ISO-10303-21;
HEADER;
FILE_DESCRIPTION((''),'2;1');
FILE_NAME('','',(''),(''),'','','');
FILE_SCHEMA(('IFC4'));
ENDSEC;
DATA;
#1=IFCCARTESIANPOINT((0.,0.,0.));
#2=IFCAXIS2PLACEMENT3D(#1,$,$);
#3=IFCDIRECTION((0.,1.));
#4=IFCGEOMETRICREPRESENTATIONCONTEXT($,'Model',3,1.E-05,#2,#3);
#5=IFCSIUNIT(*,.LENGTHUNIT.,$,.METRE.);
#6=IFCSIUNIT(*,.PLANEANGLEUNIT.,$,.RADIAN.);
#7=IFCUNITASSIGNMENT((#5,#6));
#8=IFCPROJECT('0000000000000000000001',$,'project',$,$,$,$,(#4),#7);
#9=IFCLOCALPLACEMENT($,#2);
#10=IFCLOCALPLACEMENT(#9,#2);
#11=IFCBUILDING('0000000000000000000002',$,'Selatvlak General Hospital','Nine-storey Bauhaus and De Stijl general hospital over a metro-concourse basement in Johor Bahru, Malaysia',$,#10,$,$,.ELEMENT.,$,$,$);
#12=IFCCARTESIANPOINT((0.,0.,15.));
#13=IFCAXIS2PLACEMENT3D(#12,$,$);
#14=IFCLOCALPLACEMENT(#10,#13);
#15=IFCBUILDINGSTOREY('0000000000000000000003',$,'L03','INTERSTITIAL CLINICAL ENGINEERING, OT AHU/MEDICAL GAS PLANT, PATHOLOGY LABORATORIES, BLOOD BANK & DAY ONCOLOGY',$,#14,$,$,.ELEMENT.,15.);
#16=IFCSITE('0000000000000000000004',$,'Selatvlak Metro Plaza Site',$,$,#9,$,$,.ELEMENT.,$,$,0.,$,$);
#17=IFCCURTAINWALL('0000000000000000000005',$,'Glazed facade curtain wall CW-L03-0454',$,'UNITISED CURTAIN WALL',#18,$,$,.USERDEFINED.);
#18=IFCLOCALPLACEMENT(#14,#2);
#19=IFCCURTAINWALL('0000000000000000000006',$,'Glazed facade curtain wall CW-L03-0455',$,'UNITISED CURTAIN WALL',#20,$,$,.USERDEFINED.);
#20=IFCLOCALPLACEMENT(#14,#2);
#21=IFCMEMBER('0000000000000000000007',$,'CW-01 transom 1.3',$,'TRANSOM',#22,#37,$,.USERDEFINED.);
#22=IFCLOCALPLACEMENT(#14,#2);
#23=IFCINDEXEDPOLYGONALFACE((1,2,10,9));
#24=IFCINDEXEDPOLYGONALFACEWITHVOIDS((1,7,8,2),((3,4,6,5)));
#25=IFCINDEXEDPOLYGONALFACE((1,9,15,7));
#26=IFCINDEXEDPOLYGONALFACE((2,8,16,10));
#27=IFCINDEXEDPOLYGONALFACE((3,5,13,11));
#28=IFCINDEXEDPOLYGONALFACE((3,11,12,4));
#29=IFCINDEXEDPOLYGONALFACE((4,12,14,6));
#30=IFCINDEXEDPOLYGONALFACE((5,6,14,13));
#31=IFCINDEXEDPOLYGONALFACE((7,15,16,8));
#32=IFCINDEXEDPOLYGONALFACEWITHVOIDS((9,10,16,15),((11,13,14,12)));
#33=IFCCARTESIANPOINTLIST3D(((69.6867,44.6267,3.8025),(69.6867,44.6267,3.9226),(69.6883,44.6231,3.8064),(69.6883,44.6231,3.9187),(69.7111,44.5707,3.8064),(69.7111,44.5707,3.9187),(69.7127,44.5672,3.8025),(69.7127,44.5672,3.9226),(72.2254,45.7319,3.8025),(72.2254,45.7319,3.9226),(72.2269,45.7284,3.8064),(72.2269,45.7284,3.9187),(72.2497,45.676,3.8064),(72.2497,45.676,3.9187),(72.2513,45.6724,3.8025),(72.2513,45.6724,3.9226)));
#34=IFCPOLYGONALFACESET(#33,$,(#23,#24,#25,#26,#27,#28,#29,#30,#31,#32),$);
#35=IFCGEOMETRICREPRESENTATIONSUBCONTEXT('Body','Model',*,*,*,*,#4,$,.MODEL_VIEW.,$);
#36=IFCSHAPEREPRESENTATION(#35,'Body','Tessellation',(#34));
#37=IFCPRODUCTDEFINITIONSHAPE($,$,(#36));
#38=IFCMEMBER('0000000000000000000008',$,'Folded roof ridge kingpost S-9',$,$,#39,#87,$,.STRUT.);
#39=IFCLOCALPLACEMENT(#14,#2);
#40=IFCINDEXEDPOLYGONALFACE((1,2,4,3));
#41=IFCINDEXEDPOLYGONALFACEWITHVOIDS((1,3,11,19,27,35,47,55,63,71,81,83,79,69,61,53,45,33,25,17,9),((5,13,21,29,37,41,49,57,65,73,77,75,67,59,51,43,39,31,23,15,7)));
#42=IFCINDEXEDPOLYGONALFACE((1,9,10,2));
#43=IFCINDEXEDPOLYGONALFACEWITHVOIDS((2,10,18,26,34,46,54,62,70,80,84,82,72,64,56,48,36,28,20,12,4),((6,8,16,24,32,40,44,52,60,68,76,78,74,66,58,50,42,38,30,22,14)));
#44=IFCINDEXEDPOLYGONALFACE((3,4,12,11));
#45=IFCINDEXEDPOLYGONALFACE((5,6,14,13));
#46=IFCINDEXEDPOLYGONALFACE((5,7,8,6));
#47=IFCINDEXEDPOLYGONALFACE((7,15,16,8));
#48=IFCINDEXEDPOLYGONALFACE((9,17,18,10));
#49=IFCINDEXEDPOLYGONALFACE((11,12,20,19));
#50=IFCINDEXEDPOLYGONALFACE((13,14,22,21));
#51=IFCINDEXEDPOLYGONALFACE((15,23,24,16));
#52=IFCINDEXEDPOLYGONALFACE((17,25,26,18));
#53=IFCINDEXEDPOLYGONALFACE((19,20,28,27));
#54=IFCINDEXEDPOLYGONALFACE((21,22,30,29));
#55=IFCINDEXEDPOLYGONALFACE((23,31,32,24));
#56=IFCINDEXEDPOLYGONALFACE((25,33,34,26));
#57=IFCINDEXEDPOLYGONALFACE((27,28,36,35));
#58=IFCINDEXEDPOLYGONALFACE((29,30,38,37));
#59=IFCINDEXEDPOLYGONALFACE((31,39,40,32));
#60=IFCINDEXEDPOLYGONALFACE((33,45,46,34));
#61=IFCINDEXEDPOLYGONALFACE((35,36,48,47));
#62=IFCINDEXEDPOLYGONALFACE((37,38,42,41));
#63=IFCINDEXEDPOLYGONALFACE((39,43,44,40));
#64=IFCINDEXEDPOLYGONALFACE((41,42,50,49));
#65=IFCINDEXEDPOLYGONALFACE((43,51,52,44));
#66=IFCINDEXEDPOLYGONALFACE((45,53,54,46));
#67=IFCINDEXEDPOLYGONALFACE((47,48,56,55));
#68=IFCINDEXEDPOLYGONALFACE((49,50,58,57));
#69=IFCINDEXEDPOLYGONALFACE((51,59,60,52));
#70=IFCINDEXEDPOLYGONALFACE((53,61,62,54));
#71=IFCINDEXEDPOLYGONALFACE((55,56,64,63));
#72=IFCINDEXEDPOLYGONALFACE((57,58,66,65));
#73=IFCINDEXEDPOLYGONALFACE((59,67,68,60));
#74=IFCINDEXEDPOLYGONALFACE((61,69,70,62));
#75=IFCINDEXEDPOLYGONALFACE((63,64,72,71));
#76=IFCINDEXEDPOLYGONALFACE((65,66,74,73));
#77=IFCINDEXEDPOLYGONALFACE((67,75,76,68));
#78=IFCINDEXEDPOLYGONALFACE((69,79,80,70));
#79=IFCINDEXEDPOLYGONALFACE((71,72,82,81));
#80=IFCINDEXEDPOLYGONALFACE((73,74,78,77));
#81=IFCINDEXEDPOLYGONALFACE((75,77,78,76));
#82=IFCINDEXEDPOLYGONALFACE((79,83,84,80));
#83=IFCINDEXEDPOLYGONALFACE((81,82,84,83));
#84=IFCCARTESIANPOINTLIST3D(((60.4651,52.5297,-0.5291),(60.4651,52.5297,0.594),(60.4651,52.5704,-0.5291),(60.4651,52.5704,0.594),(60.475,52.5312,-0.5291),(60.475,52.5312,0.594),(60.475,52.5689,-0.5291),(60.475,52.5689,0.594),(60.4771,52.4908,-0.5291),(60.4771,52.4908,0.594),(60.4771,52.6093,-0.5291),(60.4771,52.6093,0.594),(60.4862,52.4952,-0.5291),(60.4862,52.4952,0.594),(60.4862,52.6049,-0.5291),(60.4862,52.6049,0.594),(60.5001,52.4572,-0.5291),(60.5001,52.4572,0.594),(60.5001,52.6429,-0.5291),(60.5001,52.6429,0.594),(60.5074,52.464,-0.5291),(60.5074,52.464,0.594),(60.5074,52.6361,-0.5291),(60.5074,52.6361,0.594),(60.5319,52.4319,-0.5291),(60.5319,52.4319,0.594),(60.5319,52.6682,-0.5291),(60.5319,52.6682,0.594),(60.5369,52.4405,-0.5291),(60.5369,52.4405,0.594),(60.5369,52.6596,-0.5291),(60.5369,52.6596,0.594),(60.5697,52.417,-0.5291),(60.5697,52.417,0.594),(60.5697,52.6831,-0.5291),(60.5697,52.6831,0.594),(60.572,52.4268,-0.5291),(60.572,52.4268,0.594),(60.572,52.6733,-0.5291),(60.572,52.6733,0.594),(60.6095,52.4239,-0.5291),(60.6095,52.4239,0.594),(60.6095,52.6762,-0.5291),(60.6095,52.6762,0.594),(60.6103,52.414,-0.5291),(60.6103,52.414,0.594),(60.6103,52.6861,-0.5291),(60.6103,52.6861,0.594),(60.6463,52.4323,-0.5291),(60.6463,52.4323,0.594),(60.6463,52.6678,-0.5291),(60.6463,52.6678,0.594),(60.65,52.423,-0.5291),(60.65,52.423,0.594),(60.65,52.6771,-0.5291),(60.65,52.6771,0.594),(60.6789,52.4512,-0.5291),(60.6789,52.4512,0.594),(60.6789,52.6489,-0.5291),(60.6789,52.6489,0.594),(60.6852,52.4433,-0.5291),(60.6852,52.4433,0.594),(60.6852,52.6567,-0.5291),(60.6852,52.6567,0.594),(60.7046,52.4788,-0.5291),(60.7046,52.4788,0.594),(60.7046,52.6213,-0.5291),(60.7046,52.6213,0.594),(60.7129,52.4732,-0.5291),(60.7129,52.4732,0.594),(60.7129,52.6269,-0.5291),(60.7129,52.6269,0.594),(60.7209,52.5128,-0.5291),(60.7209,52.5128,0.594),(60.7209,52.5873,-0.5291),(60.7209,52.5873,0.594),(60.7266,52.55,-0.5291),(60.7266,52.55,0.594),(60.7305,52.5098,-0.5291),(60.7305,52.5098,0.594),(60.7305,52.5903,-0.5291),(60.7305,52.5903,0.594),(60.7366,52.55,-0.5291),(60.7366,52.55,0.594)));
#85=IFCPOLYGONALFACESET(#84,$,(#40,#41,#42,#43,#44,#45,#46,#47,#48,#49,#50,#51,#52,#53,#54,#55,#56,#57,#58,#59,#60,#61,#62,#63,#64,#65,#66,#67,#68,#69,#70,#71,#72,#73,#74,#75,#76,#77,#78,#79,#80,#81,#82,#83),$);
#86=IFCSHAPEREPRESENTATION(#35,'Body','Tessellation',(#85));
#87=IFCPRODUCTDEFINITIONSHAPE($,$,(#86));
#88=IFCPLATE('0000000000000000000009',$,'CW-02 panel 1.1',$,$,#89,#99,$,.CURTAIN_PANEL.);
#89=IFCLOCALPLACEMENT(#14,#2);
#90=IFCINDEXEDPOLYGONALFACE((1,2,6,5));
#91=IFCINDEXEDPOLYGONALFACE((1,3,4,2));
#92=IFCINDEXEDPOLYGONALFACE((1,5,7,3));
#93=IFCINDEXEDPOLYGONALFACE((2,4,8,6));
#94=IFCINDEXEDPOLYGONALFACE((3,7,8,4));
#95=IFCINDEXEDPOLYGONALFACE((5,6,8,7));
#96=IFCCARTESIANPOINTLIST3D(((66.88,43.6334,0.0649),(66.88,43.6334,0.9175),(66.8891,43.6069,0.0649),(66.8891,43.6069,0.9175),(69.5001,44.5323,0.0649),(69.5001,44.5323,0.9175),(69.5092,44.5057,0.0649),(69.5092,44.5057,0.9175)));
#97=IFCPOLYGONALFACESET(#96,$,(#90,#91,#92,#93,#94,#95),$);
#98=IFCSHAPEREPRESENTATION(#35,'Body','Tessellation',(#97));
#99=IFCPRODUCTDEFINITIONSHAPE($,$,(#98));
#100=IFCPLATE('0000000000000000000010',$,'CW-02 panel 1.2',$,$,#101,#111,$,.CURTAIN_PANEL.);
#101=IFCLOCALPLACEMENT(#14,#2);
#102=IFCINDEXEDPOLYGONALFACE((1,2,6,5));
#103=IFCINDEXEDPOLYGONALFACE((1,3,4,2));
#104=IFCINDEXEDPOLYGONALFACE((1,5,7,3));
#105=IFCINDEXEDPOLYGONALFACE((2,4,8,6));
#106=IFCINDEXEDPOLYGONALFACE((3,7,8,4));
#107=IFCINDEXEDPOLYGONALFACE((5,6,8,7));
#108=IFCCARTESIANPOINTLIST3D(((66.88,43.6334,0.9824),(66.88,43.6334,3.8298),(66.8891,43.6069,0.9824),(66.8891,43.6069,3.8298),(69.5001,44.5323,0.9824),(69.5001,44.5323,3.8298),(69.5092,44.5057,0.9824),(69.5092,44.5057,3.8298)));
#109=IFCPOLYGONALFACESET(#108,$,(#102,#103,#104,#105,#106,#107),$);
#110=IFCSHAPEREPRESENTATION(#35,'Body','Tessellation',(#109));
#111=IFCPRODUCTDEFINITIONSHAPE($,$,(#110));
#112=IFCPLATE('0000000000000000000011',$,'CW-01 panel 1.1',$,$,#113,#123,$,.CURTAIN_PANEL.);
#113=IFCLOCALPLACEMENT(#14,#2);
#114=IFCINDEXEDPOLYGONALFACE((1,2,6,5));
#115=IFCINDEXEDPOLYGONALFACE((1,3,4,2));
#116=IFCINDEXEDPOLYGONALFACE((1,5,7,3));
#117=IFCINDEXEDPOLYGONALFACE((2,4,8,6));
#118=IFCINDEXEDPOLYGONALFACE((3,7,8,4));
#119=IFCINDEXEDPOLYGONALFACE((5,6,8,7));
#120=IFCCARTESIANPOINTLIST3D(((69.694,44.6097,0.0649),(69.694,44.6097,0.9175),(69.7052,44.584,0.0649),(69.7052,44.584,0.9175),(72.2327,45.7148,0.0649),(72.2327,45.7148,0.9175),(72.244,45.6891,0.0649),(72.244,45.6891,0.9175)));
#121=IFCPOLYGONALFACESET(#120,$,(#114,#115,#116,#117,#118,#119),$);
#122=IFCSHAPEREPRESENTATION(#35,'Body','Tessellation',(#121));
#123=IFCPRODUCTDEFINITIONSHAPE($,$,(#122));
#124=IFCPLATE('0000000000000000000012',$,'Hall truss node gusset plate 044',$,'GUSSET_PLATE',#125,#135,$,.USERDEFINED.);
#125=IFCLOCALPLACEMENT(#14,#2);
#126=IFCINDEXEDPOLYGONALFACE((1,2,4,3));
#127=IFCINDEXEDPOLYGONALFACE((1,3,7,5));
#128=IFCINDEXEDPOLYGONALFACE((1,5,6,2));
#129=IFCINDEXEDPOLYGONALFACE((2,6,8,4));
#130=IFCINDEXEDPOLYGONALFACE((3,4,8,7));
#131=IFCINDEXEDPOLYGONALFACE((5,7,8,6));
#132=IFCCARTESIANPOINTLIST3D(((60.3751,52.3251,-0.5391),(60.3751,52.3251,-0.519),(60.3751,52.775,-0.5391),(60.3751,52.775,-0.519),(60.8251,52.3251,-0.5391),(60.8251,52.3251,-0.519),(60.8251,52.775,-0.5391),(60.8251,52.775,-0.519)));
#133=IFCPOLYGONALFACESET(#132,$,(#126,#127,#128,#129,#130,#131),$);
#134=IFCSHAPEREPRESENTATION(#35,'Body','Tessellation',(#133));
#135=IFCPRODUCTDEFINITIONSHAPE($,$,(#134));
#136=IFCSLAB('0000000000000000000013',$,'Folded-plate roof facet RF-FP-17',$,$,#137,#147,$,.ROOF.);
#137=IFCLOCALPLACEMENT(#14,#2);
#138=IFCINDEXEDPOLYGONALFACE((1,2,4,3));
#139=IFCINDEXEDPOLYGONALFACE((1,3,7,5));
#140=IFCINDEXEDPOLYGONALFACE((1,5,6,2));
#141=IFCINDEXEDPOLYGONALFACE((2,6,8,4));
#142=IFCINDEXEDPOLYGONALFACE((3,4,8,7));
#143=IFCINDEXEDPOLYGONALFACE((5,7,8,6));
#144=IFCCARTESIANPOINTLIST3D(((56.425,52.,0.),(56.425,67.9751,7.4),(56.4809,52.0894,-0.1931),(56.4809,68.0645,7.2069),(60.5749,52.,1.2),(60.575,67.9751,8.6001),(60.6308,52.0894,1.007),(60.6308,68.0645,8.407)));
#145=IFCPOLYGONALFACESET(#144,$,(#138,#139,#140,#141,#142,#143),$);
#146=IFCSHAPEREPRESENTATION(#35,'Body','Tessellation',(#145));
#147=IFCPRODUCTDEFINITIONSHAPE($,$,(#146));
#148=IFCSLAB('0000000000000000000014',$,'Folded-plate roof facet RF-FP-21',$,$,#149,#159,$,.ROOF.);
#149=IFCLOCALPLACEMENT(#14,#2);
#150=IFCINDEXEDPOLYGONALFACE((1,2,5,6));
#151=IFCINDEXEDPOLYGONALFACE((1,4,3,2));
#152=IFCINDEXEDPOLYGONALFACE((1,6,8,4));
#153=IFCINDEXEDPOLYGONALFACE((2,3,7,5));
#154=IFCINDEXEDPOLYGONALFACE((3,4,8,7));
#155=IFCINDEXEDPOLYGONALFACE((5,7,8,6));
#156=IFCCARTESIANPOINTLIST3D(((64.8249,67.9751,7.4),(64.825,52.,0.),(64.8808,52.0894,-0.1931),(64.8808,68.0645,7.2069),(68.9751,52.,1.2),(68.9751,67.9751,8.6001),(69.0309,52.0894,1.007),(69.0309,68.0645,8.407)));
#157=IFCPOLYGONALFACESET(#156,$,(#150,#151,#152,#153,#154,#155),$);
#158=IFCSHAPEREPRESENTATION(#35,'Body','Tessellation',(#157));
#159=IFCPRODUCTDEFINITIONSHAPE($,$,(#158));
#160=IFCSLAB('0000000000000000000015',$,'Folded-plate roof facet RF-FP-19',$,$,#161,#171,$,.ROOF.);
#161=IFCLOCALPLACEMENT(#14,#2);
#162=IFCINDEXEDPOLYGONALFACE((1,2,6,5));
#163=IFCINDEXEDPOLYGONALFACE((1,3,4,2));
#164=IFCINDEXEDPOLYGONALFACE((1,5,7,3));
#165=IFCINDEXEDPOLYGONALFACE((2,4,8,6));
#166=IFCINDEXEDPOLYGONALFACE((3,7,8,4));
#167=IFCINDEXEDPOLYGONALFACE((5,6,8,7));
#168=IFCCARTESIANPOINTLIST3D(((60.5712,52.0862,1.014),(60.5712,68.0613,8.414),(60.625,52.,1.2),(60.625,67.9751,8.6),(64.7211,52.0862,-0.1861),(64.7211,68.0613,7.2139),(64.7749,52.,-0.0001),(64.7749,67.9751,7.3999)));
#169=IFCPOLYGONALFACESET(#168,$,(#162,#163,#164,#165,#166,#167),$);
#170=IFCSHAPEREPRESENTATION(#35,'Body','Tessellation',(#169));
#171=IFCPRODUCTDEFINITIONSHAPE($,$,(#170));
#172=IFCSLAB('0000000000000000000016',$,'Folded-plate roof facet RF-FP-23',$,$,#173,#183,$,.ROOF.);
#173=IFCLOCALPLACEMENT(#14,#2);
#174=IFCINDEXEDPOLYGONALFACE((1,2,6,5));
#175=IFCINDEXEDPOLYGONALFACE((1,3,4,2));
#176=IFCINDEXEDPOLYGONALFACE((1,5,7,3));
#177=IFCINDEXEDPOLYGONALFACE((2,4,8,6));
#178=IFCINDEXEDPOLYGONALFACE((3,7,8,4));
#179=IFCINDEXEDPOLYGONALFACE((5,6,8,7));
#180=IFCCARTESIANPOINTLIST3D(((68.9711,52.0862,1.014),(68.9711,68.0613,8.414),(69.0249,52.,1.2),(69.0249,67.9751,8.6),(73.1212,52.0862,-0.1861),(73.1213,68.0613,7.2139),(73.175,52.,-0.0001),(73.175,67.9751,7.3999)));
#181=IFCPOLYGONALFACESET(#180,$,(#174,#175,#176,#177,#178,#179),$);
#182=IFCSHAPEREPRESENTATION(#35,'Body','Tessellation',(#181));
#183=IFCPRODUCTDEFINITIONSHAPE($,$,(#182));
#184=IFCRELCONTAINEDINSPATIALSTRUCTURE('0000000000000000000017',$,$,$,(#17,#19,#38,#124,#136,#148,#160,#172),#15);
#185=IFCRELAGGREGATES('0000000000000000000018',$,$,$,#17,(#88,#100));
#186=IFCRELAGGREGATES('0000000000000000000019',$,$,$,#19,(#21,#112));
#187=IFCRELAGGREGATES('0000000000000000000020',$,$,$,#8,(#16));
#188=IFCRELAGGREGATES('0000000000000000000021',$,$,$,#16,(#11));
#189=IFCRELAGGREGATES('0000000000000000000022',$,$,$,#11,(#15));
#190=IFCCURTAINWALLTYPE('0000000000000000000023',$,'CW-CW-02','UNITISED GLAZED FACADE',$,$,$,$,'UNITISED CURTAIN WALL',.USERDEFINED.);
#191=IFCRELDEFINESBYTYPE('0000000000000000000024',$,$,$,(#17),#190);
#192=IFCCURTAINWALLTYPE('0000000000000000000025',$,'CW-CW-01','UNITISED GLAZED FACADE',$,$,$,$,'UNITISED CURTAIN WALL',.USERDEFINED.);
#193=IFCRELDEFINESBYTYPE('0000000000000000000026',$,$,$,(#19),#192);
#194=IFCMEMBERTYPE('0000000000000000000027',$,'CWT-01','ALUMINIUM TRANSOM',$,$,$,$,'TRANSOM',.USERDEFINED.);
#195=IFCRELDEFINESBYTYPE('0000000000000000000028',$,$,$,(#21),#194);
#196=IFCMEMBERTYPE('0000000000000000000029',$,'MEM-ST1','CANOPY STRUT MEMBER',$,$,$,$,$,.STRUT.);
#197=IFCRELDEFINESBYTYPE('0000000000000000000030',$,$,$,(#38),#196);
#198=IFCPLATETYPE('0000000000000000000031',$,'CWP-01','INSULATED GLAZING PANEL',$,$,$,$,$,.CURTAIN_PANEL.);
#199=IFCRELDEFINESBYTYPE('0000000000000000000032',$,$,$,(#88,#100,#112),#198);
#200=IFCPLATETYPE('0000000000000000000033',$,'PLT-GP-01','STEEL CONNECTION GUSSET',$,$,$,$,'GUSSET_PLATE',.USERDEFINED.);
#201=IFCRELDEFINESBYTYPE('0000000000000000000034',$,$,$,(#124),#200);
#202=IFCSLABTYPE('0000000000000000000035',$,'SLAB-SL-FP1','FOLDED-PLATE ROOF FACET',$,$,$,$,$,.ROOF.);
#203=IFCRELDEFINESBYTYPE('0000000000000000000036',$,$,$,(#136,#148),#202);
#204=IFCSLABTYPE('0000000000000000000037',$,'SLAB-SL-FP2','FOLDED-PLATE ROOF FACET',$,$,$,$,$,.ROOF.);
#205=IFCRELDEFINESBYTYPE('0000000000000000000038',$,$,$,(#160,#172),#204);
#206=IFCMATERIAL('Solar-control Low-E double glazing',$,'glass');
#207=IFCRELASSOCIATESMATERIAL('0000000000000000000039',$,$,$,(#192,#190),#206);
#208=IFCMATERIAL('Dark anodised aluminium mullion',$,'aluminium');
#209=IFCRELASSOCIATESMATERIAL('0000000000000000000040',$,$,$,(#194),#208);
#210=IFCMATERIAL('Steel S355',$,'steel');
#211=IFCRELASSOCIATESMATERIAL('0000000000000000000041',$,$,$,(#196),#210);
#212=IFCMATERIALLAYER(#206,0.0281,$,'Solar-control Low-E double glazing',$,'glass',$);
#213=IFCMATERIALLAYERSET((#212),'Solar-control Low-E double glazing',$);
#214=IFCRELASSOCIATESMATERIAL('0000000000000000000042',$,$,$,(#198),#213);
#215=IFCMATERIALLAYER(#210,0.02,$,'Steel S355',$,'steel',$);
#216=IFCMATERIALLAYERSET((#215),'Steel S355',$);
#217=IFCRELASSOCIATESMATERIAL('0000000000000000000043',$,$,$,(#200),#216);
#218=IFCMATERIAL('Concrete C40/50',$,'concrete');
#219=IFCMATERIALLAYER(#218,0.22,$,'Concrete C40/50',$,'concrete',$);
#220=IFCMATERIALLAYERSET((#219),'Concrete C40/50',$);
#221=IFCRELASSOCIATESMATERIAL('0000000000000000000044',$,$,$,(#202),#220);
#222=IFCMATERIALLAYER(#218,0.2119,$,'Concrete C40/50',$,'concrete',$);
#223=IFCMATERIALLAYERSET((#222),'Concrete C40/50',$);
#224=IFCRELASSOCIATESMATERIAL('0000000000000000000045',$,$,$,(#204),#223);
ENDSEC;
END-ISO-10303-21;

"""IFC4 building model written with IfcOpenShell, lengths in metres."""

from ifc_helpers import new_model, si_unit, direction, frame, origin, origin_2d, place, context, subcontext, project, spatial, polyline, rectangle, hollow_rectangle, hollow_circle, outline, extrude, material, layer, layer_set, material_profile, profile_set, type_object, element, aggregate, save


model = new_model("IFC4")

# Units and contexts
model_context = context("Model", 3, precision=1e-05, world=origin(), true_north=direction((0.0, 1.0)))
body_context = subcontext(model_context, "Body", "Model", "MODEL_VIEW")
ifc_project = project(units=[si_unit("LENGTHUNIT", "METRE"), si_unit("PLANEANGLEUNIT", "RADIAN")], contexts=[model_context])

# Site, building, storey
site_placement = place(None, origin())
site = spatial("IfcSite", under=ifc_project, at=site_placement, Name="Selatvlak Metro Plaza Site", CompositionType="ELEMENT", RefElevation=0.0)
building_placement = place(site_placement, origin())
building = spatial("IfcBuilding", under=site, at=building_placement, Name="Selatvlak General Hospital", Description="Nine-storey Bauhaus and De Stijl general hospital over a metro-concourse basement in Johor Bahru, Malaysia", CompositionType="ELEMENT")
storey_placement = place(building_placement, frame((0.0, 0.0, 15.0)))
storey = spatial("IfcBuildingStorey", under=building, at=storey_placement, Name="L03", Description="INTERSTITIAL CLINICAL ENGINEERING, OT AHU/MEDICAL GAS PLANT, PATHOLOGY LABORATORIES, BLOOD BANK & DAY ONCOLOGY", CompositionType="ELEMENT", Elevation=15.0)

# Shared definitions
ifc_material_1 = material(Name="Steel S355", Category="steel")

# Shared definitions
ifc_material_2 = material(Name="Solar-control Low-E double glazing", Category="glass")
curtain_wall_type_1 = type_object("IfcCurtainWallType", Name="CW-CW-01", Description="UNITISED GLAZED FACADE", ElementType="UNITISED CURTAIN WALL", PredefinedType="USERDEFINED", material=ifc_material_2)
ifc_material_3 = material(Name="Dark anodised aluminium mullion", Category="aluminium")

# Curtain wall
curtain_wall_type_2 = type_object("IfcCurtainWallType", Name="CW-CW-02", Description="UNITISED GLAZED FACADE", ElementType="UNITISED CURTAIN WALL", PredefinedType="USERDEFINED", material=ifc_material_2)
curtain_wall_1_placement = place(storey_placement, origin())
curtain_wall_1 = element("IfcCurtainWall", 1, at=curtain_wall_1_placement, inside=storey, type_object=curtain_wall_type_2, Name="Glazed facade curtain wall CW-L03-0454", ObjectType="UNITISED CURTAIN WALL", PredefinedType="USERDEFINED")

# Curtain wall
curtain_wall_2_placement = place(storey_placement, origin())
curtain_wall_2 = element("IfcCurtainWall", 2, at=curtain_wall_2_placement, inside=storey, type_object=curtain_wall_type_1, Name="Glazed facade curtain wall CW-L03-0455", ObjectType="UNITISED CURTAIN WALL", PredefinedType="USERDEFINED")

# Members
ifc_material_profile_1 = material_profile(ifc_material_3, hollow_rectangle(XDim=0.0649, YDim=0.1201, WallThickness=0.0039, at=origin_2d()), Name="AL-TRN 65x120x4")
ifc_profile_set_1 = profile_set([ifc_material_profile_1], Name="Dark anodised aluminium mullion")
member_type_1 = type_object("IfcMemberType", Name="CWT-01", Description="ALUMINIUM TRANSOM", ElementType="TRANSOM", PredefinedType="USERDEFINED", material=ifc_profile_set_1)
member_1_placement = place(storey_placement, frame((69.6997, 44.5969, 3.8625), z_axis=(0.916872, 0.399181, 0.0), x_axis=(-0.399181, 0.916872, 0.0)))
member_1 = element("IfcMember", 3, at=member_1_placement, type_object=member_type_1, Name="CW-01 transom 1.3", ObjectType="TRANSOM", PredefinedType="USERDEFINED", context=body_context, shape_type="SweptSolid", body=[
    extrude(hollow_rectangle(XDim=0.0649, YDim=0.1201, WallThickness=0.0039, at=origin_2d()), origin(), (0.0, 0.0, 1.0), 2.7688),
])
ifc_material_profile_2 = material_profile(ifc_material_1, hollow_circle(Radius=0.1365, WallThickness=0.01, at=origin_2d()), Name="CHS 273.0x10")
ifc_profile_set_2 = profile_set([ifc_material_profile_2], Name="Steel S355")
member_type_2 = type_object("IfcMemberType", Name="MEM-ST1", Description="CANOPY STRUT MEMBER", PredefinedType="STRUT", material=ifc_profile_set_2)
member_2_placement = place(storey_placement, frame((60.6001, 52.55, -0.5291), z_axis=(0.0, 0.0, 1.0), x_axis=(1.0, 0.0, 0.0)))
element("IfcMember", 4, at=member_2_placement, inside=storey, type_object=member_type_2, Name="Folded roof ridge kingpost S-9", PredefinedType="STRUT", context=body_context, shape_type="SweptSolid", body=[
    extrude(hollow_circle(Radius=0.1365, WallThickness=0.01, at=origin_2d()), origin(), (0.0, 0.0, 1.0), 1.123),
])

# Plates
ifc_layer_1 = layer(ifc_material_2, 0.0281, Name="Solar-control Low-E double glazing", Category="glass")
ifc_layer_set_1 = layer_set([ifc_layer_1], Name="Solar-control Low-E double glazing")
plate_type_1 = type_object("IfcPlateType", Name="CWP-01", Description="INSULATED GLAZING PANEL", PredefinedType="CURTAIN_PANEL", material=ifc_layer_set_1)
plate_1_placement = place(storey_placement, frame((68.1946, 44.0696, 0.0649), z_axis=(0.0, 0.0, 1.0), x_axis=(0.945889, 0.324492, 0.0)))
plate_1 = element("IfcPlate", 5, at=plate_1_placement, type_object=plate_type_1, Name="CW-02 panel 1.1", PredefinedType="CURTAIN_PANEL", context=body_context, shape_type="SweptSolid", body=[
    extrude(rectangle(XDim=2.77, YDim=0.0281, at=origin_2d()), origin(), (0.0, 0.0, 1.0), 0.8525),
])
plate_2_placement = place(storey_placement, frame((68.1946, 44.0696, 0.9824), z_axis=(0.0, 0.0, 1.0), x_axis=(0.945889, 0.324492, 0.0)))
plate_2 = element("IfcPlate", 6, at=plate_2_placement, type_object=plate_type_1, Name="CW-02 panel 1.2", PredefinedType="CURTAIN_PANEL", context=body_context, shape_type="SweptSolid", body=[
    extrude(rectangle(XDim=2.77, YDim=0.0281, at=origin_2d()), origin(), (0.0, 0.0, 1.0), 2.8474),
])
aggregate(curtain_wall_1, [plate_1, plate_2])
plate_3_placement = place(storey_placement, frame((70.969, 45.1494, 0.0649), z_axis=(0.0, 0.0, 1.0), x_axis=(0.9169, 0.399117, 0.0)))
plate_3 = element("IfcPlate", 7, at=plate_3_placement, type_object=plate_type_1, Name="CW-01 panel 1.1", PredefinedType="CURTAIN_PANEL", context=body_context, shape_type="SweptSolid", body=[
    extrude(rectangle(XDim=2.7688, YDim=0.0281, at=origin_2d()), origin(), (0.0, 0.0, 1.0), 0.8525),
])
aggregate(curtain_wall_2, [member_1, plate_3])
ifc_layer_2 = layer(ifc_material_1, 0.02, Name="Steel S355", Category="steel")
ifc_layer_set_2 = layer_set([ifc_layer_2], Name="Steel S355")
plate_type_2 = type_object("IfcPlateType", Name="PLT-GP-01", Description="STEEL CONNECTION GUSSET", ElementType="GUSSET_PLATE", PredefinedType="USERDEFINED", material=ifc_layer_set_2)
plate_4_placement = place(storey_placement, frame((60.6001, 52.55, -0.5391), z_axis=(0.0, 0.0, 1.0), x_axis=(1.0, 0.0, 0.0)))
element("IfcPlate", 8, at=plate_4_placement, inside=storey, type_object=plate_type_2, Name="Hall truss node gusset plate 044", ObjectType="GUSSET_PLATE", PredefinedType="USERDEFINED", context=body_context, shape_type="SweptSolid", body=[
    extrude(rectangle(XDim=0.45, YDim=0.45, at=origin_2d()), origin(), (0.0, 0.0, 1.0), 0.02),
])

# Slabs
ifc_material_4 = material(Name="Concrete C40/50", Category="concrete")
ifc_layer_3 = layer(ifc_material_4, 0.22, Name="Concrete C40/50", Category="concrete")
ifc_layer_set_3 = layer_set([ifc_layer_3], Name="Concrete C40/50")
slab_type_1 = type_object("IfcSlabType", Name="SLAB-SL-FP1", Description="FOLDED-PLATE ROOF FACET", PredefinedType="ROOF", material=ifc_layer_set_3)
slab_1_placement = place(storey_placement, frame((56.425, 52.0, 0.0), z_axis=(-0.253804, -0.406554, 0.877666), x_axis=(0.960641, -0.00001, 0.277794)))
element("IfcSlab", 9, at=slab_1_placement, inside=storey, type_object=slab_type_1, Name="Folded-plate roof facet RF-FP-17", PredefinedType="ROOF", context=body_context, shape_type="SweptSolid", body=[
    extrude(outline(polyline([(0.0, 0.0), (4.3199, 0.0), (6.3755, 17.4854), (2.0555, 17.4853), (0.0, 0.0)])), origin(), (0.0, 0.0, -1.0), 0.22),
])
slab_2_placement = place(storey_placement, frame((64.825, 52.0, 0.0), z_axis=(-0.25379, -0.406556, 0.877669), x_axis=(0.960645, -0.00001, 0.277779)))
element("IfcSlab", 10, at=slab_2_placement, inside=storey, type_object=slab_type_1, Name="Folded-plate roof facet RF-FP-21", PredefinedType="ROOF", context=body_context, shape_type="SweptSolid", body=[
    extrude(outline(polyline([(0.0, 0.0), (4.3201, 0.0), (6.3756, 17.4855), (2.0554, 17.4854), (0.0, 0.0)])), origin(), (0.0, 0.0, -1.0), 0.22),
])
ifc_layer_4 = layer(ifc_material_4, 0.2119, Name="Concrete C40/50", Category="concrete")
ifc_layer_set_4 = layer_set([ifc_layer_4], Name="Concrete C40/50")
slab_type_2 = type_object("IfcSlabType", Name="SLAB-SL-FP2", Description="FOLDED-PLATE ROOF FACET", PredefinedType="ROOF", material=ifc_layer_set_4)
slab_3_placement = place(storey_placement, frame((60.625, 52.0, 1.2), z_axis=(0.253804, -0.406554, 0.877666), x_axis=(0.960641, 0.00001, -0.277794)))
element("IfcSlab", 11, at=slab_3_placement, inside=storey, type_object=slab_type_2, Name="Folded-plate roof facet RF-FP-19", PredefinedType="ROOF", context=body_context, shape_type="SweptSolid", body=[
    extrude(outline(polyline([(0.0, 0.0), (4.3199, 0.0), (2.2644, 17.4853), (-2.0556, 17.4854), (0.0, 0.0)])), origin(), (0.0, 0.0, -1.0), 0.2119),
])
slab_4_placement = place(storey_placement, frame((69.0249, 52.0, 1.2), z_axis=(0.25379, -0.406556, 0.877669), x_axis=(0.960645, 0.00001, -0.277779)))
element("IfcSlab", 12, at=slab_4_placement, inside=storey, type_object=slab_type_2, Name="Folded-plate roof facet RF-FP-23", PredefinedType="ROOF", context=body_context, shape_type="SweptSolid", body=[
    extrude(outline(polyline([(0.0, 0.0), (4.3201, 0.0), (2.2648, 17.4854), (-2.0554, 17.4855), (0.0, 0.0)])), origin(), (0.0, 0.0, -1.0), 0.2119),
])

save(model, "model.ifc")
